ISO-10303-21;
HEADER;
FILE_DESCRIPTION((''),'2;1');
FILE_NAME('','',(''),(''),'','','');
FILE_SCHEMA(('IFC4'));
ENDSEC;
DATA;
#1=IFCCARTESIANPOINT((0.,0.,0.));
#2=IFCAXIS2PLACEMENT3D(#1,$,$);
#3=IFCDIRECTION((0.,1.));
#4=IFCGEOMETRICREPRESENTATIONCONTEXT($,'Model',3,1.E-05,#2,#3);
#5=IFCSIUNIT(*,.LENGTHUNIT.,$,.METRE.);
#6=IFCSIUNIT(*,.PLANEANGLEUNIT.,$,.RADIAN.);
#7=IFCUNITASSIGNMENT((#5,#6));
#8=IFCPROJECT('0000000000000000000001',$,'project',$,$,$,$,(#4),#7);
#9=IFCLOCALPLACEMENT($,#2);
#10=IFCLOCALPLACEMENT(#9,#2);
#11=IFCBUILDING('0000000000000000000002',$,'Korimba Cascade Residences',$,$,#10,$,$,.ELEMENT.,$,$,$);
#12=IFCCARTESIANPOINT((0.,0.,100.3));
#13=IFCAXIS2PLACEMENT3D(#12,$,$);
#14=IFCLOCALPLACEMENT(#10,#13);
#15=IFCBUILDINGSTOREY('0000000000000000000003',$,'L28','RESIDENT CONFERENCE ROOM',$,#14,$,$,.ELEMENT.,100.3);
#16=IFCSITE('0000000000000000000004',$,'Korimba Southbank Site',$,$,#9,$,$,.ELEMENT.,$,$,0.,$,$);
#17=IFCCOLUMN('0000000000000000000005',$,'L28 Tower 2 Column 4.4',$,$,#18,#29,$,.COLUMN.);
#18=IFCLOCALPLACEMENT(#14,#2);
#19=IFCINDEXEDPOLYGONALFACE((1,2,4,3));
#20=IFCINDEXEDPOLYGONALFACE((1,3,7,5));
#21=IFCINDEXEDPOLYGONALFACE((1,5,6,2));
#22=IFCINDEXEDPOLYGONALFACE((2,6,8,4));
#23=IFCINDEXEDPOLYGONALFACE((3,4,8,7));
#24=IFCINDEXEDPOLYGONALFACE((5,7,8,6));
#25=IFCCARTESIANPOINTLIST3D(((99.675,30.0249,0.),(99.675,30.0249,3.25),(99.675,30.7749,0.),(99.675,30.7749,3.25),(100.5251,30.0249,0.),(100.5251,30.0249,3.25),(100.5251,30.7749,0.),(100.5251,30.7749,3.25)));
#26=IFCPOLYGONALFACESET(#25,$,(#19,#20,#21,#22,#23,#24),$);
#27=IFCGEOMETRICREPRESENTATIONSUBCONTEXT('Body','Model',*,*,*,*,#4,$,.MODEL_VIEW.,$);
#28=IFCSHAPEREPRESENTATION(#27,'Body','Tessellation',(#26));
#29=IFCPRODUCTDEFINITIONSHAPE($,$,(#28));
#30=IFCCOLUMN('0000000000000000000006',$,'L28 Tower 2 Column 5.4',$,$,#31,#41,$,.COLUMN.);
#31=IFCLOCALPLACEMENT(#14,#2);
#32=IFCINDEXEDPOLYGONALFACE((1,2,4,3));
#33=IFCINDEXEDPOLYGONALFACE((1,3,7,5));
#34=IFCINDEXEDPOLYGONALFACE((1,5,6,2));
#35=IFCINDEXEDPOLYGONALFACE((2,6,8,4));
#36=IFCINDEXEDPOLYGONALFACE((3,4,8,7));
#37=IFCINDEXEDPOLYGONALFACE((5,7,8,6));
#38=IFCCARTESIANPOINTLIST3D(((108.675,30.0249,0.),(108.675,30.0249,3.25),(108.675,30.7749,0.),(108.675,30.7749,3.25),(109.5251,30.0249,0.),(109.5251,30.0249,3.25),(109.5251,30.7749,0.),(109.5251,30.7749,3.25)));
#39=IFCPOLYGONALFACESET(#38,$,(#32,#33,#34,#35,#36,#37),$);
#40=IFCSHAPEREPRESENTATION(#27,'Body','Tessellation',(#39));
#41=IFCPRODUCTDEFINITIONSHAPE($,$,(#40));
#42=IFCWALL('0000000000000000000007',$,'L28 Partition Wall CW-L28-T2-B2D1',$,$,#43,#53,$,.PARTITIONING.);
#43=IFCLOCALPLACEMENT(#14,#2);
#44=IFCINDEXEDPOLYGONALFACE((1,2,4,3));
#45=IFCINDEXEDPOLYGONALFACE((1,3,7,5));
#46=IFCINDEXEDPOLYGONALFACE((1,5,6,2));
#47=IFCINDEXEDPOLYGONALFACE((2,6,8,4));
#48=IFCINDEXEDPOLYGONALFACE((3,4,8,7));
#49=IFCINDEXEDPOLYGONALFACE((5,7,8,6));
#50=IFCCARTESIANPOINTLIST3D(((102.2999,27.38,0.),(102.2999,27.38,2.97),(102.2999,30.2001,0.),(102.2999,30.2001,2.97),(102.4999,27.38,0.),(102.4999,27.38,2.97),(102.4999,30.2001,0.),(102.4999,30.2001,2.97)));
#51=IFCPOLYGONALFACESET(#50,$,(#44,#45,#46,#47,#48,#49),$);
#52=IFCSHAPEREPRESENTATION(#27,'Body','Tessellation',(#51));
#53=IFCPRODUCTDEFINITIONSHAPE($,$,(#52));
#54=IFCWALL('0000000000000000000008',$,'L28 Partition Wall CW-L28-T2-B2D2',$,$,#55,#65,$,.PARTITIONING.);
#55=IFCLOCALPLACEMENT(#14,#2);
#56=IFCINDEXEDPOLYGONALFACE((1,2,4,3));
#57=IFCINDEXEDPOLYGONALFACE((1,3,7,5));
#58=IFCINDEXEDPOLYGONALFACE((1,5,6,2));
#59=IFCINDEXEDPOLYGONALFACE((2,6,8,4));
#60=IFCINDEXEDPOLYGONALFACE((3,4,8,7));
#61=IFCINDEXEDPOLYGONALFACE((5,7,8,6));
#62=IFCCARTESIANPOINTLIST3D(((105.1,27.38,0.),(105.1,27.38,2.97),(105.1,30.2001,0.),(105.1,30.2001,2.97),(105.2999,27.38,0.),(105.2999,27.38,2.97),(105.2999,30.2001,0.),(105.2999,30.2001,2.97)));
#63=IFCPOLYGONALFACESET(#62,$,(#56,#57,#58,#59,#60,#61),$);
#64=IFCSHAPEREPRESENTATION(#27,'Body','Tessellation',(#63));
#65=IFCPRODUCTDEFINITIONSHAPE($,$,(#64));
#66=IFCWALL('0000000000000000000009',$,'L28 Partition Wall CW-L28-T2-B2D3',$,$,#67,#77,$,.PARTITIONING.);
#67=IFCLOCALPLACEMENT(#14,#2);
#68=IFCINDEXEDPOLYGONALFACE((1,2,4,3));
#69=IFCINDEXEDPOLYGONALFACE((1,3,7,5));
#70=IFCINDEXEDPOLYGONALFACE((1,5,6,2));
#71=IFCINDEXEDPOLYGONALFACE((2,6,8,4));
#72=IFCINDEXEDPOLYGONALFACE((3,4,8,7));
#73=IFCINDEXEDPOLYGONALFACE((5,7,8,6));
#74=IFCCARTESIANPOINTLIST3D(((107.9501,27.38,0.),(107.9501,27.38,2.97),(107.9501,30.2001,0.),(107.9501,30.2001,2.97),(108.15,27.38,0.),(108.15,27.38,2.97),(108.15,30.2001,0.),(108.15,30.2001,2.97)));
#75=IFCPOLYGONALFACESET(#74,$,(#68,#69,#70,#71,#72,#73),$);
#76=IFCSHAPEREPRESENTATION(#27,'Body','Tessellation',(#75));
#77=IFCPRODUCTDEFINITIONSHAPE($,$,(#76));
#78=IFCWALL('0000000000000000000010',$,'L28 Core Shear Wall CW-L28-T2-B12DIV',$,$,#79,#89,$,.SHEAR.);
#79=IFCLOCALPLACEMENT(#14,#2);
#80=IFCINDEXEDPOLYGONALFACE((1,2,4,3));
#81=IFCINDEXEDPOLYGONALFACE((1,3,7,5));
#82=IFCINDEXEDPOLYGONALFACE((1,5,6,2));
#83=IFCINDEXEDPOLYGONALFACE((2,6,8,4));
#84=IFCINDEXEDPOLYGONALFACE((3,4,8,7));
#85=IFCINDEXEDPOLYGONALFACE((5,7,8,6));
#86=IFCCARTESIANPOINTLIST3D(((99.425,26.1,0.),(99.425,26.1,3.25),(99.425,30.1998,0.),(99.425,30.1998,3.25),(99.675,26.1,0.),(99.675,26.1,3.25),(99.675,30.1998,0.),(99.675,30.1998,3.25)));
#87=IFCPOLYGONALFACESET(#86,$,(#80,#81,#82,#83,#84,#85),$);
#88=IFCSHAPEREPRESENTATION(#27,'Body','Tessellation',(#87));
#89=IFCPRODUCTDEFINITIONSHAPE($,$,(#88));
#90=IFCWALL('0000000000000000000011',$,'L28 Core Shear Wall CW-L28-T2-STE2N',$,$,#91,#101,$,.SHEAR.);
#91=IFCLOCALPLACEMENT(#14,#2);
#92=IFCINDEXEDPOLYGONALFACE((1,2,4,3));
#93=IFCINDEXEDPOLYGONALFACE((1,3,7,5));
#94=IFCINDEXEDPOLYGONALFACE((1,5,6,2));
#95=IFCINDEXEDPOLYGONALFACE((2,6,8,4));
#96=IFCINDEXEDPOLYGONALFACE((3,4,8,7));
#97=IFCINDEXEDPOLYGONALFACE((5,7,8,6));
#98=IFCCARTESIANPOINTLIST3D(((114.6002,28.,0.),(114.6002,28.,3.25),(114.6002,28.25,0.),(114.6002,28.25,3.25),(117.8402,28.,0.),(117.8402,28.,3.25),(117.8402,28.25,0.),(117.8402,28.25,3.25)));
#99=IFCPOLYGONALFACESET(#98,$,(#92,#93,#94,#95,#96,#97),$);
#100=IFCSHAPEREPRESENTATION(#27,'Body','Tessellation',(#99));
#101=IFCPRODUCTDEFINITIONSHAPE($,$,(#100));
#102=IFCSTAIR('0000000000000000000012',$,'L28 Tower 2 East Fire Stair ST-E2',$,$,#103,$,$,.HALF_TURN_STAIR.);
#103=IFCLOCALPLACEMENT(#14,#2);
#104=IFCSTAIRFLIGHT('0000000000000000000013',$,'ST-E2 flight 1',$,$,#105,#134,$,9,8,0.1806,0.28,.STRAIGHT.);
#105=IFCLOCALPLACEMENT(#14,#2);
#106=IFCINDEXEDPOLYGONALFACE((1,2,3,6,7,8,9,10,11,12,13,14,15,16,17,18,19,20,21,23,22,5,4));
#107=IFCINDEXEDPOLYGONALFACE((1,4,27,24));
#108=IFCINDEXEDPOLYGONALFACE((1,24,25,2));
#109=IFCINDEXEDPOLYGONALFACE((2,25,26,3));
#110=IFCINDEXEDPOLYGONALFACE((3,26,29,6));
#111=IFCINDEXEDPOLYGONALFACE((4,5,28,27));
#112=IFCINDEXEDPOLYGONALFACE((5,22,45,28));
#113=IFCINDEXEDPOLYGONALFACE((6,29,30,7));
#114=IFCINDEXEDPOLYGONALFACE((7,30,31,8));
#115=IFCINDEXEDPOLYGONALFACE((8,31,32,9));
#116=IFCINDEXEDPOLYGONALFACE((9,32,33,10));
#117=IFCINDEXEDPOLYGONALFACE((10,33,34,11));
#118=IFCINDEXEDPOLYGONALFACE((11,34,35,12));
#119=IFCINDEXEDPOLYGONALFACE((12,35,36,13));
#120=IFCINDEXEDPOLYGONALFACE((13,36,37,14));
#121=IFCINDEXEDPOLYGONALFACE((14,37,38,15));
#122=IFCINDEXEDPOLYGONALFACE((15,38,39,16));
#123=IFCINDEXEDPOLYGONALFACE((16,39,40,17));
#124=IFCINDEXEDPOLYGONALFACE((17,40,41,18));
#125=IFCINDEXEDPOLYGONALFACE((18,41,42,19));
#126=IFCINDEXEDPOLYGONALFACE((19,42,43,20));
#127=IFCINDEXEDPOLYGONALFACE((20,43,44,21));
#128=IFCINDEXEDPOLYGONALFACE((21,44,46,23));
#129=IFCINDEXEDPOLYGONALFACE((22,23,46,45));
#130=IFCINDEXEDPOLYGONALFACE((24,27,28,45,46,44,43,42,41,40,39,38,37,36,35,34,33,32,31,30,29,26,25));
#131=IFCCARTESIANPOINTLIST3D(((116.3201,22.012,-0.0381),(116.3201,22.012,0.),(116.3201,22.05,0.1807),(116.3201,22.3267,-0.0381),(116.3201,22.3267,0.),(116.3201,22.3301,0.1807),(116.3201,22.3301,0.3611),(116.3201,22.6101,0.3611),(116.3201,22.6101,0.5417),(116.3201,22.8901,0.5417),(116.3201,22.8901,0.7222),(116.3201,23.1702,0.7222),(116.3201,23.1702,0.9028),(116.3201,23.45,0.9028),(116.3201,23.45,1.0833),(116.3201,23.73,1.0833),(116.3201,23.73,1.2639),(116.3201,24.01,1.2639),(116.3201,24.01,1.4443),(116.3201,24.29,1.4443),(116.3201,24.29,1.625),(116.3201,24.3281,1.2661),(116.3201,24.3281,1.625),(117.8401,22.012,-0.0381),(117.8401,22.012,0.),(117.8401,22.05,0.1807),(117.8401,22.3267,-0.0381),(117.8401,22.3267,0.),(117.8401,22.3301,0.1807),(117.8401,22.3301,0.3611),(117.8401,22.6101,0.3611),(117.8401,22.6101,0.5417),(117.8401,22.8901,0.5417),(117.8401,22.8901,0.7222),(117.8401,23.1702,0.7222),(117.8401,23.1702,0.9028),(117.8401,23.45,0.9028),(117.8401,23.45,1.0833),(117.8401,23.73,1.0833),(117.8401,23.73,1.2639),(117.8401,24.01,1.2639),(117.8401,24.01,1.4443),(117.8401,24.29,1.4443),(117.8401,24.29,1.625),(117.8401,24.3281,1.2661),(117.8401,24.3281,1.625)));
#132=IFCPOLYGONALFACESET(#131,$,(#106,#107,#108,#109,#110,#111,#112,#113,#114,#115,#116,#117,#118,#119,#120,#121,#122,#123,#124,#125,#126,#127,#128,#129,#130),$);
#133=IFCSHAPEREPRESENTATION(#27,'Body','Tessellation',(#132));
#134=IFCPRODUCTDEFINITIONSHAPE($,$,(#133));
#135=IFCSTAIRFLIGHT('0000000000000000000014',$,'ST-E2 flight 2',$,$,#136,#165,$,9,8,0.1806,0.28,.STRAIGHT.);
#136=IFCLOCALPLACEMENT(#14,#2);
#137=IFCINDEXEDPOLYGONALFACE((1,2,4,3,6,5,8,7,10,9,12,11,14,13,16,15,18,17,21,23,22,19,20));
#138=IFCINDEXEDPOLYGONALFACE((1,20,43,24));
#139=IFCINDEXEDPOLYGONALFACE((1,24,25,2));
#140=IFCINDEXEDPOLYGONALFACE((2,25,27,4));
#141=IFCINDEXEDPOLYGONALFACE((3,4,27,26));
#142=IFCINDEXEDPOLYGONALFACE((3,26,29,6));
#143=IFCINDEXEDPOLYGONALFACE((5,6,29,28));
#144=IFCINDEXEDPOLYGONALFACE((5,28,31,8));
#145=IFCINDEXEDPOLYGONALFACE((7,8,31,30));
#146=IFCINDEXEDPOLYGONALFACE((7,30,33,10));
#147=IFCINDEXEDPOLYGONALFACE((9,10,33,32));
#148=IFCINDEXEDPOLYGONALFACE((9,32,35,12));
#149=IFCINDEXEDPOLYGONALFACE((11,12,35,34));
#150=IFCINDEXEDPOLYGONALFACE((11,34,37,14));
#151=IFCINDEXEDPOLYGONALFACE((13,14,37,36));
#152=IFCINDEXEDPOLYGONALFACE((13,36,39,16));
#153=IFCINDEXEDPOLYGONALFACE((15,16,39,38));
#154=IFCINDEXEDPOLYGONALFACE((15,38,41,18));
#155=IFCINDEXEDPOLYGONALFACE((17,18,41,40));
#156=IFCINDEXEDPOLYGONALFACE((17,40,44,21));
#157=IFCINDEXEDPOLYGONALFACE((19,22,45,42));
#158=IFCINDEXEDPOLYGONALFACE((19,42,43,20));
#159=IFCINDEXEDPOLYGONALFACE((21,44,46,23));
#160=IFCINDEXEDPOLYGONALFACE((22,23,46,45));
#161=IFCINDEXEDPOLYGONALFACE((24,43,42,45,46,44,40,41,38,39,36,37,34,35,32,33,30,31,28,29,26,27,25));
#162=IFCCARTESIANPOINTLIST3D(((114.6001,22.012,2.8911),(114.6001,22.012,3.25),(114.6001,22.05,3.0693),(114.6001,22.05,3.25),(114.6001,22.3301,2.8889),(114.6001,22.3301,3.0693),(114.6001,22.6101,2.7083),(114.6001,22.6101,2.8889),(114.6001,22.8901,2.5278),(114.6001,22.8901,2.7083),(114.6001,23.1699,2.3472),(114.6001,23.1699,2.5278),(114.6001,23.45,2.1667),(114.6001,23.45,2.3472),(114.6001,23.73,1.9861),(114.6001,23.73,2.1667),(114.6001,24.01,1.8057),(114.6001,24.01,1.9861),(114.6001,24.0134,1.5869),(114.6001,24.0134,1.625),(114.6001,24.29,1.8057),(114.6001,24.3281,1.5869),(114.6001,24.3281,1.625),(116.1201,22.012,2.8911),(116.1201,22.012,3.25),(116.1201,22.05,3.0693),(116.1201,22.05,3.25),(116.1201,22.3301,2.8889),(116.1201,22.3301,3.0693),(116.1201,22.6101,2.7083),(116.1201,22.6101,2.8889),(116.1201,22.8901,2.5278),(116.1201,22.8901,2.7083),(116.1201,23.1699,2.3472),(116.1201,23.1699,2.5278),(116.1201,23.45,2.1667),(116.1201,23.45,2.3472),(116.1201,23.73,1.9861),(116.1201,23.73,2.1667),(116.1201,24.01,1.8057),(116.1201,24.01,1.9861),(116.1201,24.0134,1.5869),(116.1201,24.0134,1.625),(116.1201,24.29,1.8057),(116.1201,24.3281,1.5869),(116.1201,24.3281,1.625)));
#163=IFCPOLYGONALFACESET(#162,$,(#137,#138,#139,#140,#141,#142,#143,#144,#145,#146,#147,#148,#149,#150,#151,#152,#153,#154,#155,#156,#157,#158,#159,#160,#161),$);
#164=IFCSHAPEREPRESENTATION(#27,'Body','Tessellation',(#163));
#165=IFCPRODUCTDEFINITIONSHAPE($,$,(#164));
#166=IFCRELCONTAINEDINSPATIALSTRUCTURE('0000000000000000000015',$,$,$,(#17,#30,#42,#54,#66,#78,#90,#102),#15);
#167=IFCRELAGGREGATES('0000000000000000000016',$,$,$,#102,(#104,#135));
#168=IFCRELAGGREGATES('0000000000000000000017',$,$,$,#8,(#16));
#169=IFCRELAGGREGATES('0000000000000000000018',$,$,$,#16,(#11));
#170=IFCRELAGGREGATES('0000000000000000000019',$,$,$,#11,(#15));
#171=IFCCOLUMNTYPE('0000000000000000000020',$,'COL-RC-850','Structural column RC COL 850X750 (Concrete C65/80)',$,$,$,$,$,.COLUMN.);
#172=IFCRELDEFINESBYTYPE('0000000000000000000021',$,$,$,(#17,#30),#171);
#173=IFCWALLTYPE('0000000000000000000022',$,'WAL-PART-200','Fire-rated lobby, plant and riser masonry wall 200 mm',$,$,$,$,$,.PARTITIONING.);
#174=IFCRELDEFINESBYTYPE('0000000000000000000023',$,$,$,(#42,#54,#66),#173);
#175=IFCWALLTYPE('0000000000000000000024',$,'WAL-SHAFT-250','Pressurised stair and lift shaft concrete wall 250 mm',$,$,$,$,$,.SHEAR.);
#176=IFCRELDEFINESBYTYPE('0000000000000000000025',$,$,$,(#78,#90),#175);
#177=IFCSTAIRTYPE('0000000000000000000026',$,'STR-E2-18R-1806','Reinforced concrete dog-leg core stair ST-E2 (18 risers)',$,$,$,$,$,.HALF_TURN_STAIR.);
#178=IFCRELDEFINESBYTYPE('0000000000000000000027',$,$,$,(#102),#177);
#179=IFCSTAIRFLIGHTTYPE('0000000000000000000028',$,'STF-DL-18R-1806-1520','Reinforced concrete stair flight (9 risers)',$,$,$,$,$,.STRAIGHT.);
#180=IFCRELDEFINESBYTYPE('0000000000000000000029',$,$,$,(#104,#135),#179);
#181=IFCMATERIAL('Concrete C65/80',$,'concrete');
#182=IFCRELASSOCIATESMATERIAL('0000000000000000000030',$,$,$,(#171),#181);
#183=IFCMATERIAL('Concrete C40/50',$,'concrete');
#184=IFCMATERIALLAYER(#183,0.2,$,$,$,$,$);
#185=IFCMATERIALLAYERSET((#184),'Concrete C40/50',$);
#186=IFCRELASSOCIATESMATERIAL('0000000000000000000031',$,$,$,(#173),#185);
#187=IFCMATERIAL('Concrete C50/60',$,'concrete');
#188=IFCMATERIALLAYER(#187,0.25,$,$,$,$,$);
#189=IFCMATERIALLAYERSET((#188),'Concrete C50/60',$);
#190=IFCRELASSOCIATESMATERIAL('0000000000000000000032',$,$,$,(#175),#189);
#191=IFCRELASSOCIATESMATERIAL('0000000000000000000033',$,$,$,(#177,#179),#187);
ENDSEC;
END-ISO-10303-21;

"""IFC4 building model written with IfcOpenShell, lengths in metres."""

from ifc_helpers import new_model, si_unit, direction, frame, frame_2d, origin, origin_2d, place, context, subcontext, project, spatial, polyline, rectangle, outline, extrude, material, layer, layer_set, material_profile, profile_set, type_object, element, aggregate, save


model = new_model("IFC4")

# Units and contexts
model_context = context("Model", 3, precision=1e-05, world=origin(), true_north=direction((0.0, 1.0)))
body_context = subcontext(model_context, "Body", "Model", "MODEL_VIEW")
ifc_project = project(units=[si_unit("LENGTHUNIT", "METRE"), si_unit("PLANEANGLEUNIT", "RADIAN")], contexts=[model_context])

# Site, building, storey
site_placement = place(None, origin())
site = spatial("IfcSite", under=ifc_project, at=site_placement, Name="Korimba Southbank Site", CompositionType="ELEMENT", RefElevation=0.0)
building_placement = place(site_placement, origin())
building = spatial("IfcBuilding", under=site, at=building_placement, Name="Korimba Cascade Residences", CompositionType="ELEMENT")
storey_placement = place(building_placement, frame((0.0, 0.0, 100.3)))
storey = spatial("IfcBuildingStorey", under=building, at=storey_placement, Name="L28", Description="RESIDENT CONFERENCE ROOM", CompositionType="ELEMENT", Elevation=100.3)

# Columns
ifc_material_1 = material(Name="Concrete C65/80", Category="concrete")
ifc_material_profile = material_profile(ifc_material_1, rectangle(XDim=0.8501, YDim=0.75, at=origin_2d()), Name="Concrete C65/80")
ifc_profile_set = profile_set([ifc_material_profile], Name="Concrete C65/80")
column_type = type_object("IfcColumnType", Name="COL-RC-850", Description="Structural column RC COL 850X750 (Concrete C65/80)", PredefinedType="COLUMN", material=ifc_profile_set)
for number, where, z_axis, x_axis, name in (
    (1, (100.1001, 30.3999, 0.0), (0.0, 0.0, 1.0), (1.0, 0.0, 0.0), "L28 Tower 2 Column 4.4"),
    (2, (109.1001, 30.3999, 0.0), (0.0, 0.0, 1.0), (1.0, 0.0, 0.0), "L28 Tower 2 Column 5.4"),
):
    element("IfcColumn", number, at=place(storey_placement, frame(where, z_axis=z_axis, x_axis=x_axis)), inside=storey, type_object=column_type, Name=name, PredefinedType="COLUMN", context=body_context, shape_type="SweptSolid", body=[
        extrude(rectangle(XDim=0.8501, YDim=0.75, at=origin_2d()), origin(), (0.0, 0.0, 1.0), 3.25),
    ])

# Walls
ifc_material_2 = material(Name="Concrete C40/50", Category="concrete")
ifc_layer_1 = layer(ifc_material_2, 0.2)
ifc_layer_set_1 = layer_set([ifc_layer_1], Name="Concrete C40/50")
wall_type_1 = type_object("IfcWallType", Name="WAL-PART-200", Description="Fire-rated lobby, plant and riser masonry wall 200 mm", PredefinedType="PARTITIONING", material=ifc_layer_set_1)
for number, where, z_axis, x_axis, name in (
    (3, (102.3999, 27.3799, 0.0), (0.0, 0.0, 1.0), (0.0, 1.0, 0.0), "L28 Partition Wall CW-L28-T2-B2D1"),
    (4, (105.2, 27.3799, 0.0), (0.0, 0.0, 1.0), (0.0, 1.0, 0.0), "L28 Partition Wall CW-L28-T2-B2D2"),
    (5, (108.05, 27.3799, 0.0), (0.0, 0.0, 1.0), (0.0, 1.0, 0.0), "L28 Partition Wall CW-L28-T2-B2D3"),
):
    element("IfcWall", number, at=place(storey_placement, frame(where, z_axis=z_axis, x_axis=x_axis)), inside=storey, type_object=wall_type_1, Name=name, PredefinedType="PARTITIONING", context=body_context, shape_type="SweptSolid", body=[
        extrude(rectangle(XDim=2.8201, YDim=0.2, at=frame_2d((1.4102, 0.0))), origin(), (0.0, 0.0, 1.0), 2.97),
    ])
ifc_material_3 = material(Name="Concrete C50/60", Category="concrete")
ifc_layer_2 = layer(ifc_material_3, 0.25)
ifc_layer_set_2 = layer_set([ifc_layer_2], Name="Concrete C50/60")
wall_type_2 = type_object("IfcWallType", Name="WAL-SHAFT-250", Description="Pressurised stair and lift shaft concrete wall 250 mm", PredefinedType="SHEAR", material=ifc_layer_set_2)
wall_1_placement = place(storey_placement, frame((99.55, 26.1001, 0.0), z_axis=(0.0, 0.0, 1.0), x_axis=(0.0, 1.0, 0.0)))
element("IfcWall", 6, at=wall_1_placement, inside=storey, type_object=wall_type_2, Name="L28 Core Shear Wall CW-L28-T2-B12DIV", PredefinedType="SHEAR", context=body_context, shape_type="SweptSolid", body=[
    extrude(rectangle(XDim=4.0999, YDim=0.25, at=frame_2d((2.0498, 0.0))), origin(), (0.0, 0.0, 1.0), 3.25),
])

# Wall
wall_2_placement = place(storey_placement, frame((114.6001, 28.125, 0.0), z_axis=(0.0, 0.0, 1.0), x_axis=(1.0, 0.0, 0.0)))
element("IfcWall", 7, at=wall_2_placement, inside=storey, type_object=wall_type_2, Name="L28 Core Shear Wall CW-L28-T2-STE2N", PredefinedType="SHEAR", context=body_context, shape_type="SweptSolid", body=[
    extrude(rectangle(XDim=3.24, YDim=0.25, at=frame_2d((1.6201, 0.0))), origin(), (0.0, 0.0, 1.0), 3.25),
])

# Stair, stair flights
stair_type = type_object("IfcStairType", Name="STR-E2-18R-1806", Description="Reinforced concrete dog-leg core stair ST-E2 (18 risers)", PredefinedType="HALF_TURN_STAIR", material=ifc_material_3)
stair_placement = place(storey_placement, origin())
stair = element("IfcStair", 8, at=stair_placement, inside=storey, type_object=stair_type, Name="L28 Tower 2 East Fire Stair ST-E2", PredefinedType="HALF_TURN_STAIR")
stair_flight_type = type_object("IfcStairFlightType", Name="STF-DL-18R-1806-1520", Description="Reinforced concrete stair flight (9 risers)", PredefinedType="STRAIGHT", material=ifc_material_3)
stair_flight_1_placement = place(storey_placement, frame((117.0801, 22.05, 0.0), z_axis=(0.0, 0.0, 1.0), x_axis=(0.0, 1.0, 0.0)))
stair_flight_1 = element("IfcStairFlight", 9, at=stair_flight_1_placement, type_object=stair_flight_type, Name="ST-E2 flight 1", NumberOfRisers=9, NumberOfTreads=8, PredefinedType="STRAIGHT", RiserHeight=0.1806, TreadLength=0.28, context=body_context, shape_type="SweptSolid", body=[
    extrude(outline(polyline([(-0.0381, 0.0), (0.0, 0.1807), (0.28, 0.1807), (0.28, 0.3611), (0.5601, 0.3611), (0.5601, 0.5417), (0.8401, 0.5417), (0.8401, 0.7222), (1.1201, 0.7222), (1.1201, 0.9028), (1.3999, 0.9028), (1.3999, 1.0833), (1.6799, 1.0833), (1.6799, 1.2639), (1.96, 1.2639), (1.96, 1.4443), (2.24, 1.4443), (2.24, 1.625), (2.2781, 1.625), (2.2781, 1.2661), (0.2766, 0.0), (0.2766, -0.0381), (-0.0381, -0.0381), (-0.0381, 0.0)])), frame((0.0, 0.76, 0.0), z_axis=(0.0, -1.0, 0.0), x_axis=(1.0, 0.0, 0.0)), (0.0, 0.0, 1.0), 1.52),
])
stair_flight_2_placement = place(storey_placement, frame((115.3601, 24.29, 1.625), z_axis=(0.0, 0.0, 1.0), x_axis=(0.0, -1.0, 0.0)))
stair_flight_2 = element("IfcStairFlight", 10, at=stair_flight_2_placement, type_object=stair_flight_type, Name="ST-E2 flight 2", NumberOfRisers=9, NumberOfTreads=8, PredefinedType="STRAIGHT", RiserHeight=0.1806, TreadLength=0.28, context=body_context, shape_type="SweptSolid", body=[
    extrude(outline(polyline([(-0.0381, 0.0), (0.0, 0.1807), (0.28, 0.1807), (0.28, 0.3611), (0.5601, 0.3611), (0.5601, 0.5417), (0.8401, 0.5417), (0.8401, 0.7222), (1.1201, 0.7222), (1.1201, 0.9028), (1.3999, 0.9028), (1.3999, 1.0833), (1.6799, 1.0833), (1.6799, 1.2639), (1.96, 1.2639), (1.96, 1.4443), (2.24, 1.4443), (2.24, 1.625), (2.2781, 1.625), (2.2781, 1.2661), (0.2766, 0.0), (0.2766, -0.0381), (-0.0381, -0.0381), (-0.0381, 0.0)])), frame((0.0, 0.76, 0.0), z_axis=(0.0, -1.0, 0.0), x_axis=(1.0, 0.0, 0.0)), (0.0, 0.0, 1.0), 1.52),
])
aggregate(stair, [stair_flight_1, stair_flight_2])

save(model, "model.ifc")
